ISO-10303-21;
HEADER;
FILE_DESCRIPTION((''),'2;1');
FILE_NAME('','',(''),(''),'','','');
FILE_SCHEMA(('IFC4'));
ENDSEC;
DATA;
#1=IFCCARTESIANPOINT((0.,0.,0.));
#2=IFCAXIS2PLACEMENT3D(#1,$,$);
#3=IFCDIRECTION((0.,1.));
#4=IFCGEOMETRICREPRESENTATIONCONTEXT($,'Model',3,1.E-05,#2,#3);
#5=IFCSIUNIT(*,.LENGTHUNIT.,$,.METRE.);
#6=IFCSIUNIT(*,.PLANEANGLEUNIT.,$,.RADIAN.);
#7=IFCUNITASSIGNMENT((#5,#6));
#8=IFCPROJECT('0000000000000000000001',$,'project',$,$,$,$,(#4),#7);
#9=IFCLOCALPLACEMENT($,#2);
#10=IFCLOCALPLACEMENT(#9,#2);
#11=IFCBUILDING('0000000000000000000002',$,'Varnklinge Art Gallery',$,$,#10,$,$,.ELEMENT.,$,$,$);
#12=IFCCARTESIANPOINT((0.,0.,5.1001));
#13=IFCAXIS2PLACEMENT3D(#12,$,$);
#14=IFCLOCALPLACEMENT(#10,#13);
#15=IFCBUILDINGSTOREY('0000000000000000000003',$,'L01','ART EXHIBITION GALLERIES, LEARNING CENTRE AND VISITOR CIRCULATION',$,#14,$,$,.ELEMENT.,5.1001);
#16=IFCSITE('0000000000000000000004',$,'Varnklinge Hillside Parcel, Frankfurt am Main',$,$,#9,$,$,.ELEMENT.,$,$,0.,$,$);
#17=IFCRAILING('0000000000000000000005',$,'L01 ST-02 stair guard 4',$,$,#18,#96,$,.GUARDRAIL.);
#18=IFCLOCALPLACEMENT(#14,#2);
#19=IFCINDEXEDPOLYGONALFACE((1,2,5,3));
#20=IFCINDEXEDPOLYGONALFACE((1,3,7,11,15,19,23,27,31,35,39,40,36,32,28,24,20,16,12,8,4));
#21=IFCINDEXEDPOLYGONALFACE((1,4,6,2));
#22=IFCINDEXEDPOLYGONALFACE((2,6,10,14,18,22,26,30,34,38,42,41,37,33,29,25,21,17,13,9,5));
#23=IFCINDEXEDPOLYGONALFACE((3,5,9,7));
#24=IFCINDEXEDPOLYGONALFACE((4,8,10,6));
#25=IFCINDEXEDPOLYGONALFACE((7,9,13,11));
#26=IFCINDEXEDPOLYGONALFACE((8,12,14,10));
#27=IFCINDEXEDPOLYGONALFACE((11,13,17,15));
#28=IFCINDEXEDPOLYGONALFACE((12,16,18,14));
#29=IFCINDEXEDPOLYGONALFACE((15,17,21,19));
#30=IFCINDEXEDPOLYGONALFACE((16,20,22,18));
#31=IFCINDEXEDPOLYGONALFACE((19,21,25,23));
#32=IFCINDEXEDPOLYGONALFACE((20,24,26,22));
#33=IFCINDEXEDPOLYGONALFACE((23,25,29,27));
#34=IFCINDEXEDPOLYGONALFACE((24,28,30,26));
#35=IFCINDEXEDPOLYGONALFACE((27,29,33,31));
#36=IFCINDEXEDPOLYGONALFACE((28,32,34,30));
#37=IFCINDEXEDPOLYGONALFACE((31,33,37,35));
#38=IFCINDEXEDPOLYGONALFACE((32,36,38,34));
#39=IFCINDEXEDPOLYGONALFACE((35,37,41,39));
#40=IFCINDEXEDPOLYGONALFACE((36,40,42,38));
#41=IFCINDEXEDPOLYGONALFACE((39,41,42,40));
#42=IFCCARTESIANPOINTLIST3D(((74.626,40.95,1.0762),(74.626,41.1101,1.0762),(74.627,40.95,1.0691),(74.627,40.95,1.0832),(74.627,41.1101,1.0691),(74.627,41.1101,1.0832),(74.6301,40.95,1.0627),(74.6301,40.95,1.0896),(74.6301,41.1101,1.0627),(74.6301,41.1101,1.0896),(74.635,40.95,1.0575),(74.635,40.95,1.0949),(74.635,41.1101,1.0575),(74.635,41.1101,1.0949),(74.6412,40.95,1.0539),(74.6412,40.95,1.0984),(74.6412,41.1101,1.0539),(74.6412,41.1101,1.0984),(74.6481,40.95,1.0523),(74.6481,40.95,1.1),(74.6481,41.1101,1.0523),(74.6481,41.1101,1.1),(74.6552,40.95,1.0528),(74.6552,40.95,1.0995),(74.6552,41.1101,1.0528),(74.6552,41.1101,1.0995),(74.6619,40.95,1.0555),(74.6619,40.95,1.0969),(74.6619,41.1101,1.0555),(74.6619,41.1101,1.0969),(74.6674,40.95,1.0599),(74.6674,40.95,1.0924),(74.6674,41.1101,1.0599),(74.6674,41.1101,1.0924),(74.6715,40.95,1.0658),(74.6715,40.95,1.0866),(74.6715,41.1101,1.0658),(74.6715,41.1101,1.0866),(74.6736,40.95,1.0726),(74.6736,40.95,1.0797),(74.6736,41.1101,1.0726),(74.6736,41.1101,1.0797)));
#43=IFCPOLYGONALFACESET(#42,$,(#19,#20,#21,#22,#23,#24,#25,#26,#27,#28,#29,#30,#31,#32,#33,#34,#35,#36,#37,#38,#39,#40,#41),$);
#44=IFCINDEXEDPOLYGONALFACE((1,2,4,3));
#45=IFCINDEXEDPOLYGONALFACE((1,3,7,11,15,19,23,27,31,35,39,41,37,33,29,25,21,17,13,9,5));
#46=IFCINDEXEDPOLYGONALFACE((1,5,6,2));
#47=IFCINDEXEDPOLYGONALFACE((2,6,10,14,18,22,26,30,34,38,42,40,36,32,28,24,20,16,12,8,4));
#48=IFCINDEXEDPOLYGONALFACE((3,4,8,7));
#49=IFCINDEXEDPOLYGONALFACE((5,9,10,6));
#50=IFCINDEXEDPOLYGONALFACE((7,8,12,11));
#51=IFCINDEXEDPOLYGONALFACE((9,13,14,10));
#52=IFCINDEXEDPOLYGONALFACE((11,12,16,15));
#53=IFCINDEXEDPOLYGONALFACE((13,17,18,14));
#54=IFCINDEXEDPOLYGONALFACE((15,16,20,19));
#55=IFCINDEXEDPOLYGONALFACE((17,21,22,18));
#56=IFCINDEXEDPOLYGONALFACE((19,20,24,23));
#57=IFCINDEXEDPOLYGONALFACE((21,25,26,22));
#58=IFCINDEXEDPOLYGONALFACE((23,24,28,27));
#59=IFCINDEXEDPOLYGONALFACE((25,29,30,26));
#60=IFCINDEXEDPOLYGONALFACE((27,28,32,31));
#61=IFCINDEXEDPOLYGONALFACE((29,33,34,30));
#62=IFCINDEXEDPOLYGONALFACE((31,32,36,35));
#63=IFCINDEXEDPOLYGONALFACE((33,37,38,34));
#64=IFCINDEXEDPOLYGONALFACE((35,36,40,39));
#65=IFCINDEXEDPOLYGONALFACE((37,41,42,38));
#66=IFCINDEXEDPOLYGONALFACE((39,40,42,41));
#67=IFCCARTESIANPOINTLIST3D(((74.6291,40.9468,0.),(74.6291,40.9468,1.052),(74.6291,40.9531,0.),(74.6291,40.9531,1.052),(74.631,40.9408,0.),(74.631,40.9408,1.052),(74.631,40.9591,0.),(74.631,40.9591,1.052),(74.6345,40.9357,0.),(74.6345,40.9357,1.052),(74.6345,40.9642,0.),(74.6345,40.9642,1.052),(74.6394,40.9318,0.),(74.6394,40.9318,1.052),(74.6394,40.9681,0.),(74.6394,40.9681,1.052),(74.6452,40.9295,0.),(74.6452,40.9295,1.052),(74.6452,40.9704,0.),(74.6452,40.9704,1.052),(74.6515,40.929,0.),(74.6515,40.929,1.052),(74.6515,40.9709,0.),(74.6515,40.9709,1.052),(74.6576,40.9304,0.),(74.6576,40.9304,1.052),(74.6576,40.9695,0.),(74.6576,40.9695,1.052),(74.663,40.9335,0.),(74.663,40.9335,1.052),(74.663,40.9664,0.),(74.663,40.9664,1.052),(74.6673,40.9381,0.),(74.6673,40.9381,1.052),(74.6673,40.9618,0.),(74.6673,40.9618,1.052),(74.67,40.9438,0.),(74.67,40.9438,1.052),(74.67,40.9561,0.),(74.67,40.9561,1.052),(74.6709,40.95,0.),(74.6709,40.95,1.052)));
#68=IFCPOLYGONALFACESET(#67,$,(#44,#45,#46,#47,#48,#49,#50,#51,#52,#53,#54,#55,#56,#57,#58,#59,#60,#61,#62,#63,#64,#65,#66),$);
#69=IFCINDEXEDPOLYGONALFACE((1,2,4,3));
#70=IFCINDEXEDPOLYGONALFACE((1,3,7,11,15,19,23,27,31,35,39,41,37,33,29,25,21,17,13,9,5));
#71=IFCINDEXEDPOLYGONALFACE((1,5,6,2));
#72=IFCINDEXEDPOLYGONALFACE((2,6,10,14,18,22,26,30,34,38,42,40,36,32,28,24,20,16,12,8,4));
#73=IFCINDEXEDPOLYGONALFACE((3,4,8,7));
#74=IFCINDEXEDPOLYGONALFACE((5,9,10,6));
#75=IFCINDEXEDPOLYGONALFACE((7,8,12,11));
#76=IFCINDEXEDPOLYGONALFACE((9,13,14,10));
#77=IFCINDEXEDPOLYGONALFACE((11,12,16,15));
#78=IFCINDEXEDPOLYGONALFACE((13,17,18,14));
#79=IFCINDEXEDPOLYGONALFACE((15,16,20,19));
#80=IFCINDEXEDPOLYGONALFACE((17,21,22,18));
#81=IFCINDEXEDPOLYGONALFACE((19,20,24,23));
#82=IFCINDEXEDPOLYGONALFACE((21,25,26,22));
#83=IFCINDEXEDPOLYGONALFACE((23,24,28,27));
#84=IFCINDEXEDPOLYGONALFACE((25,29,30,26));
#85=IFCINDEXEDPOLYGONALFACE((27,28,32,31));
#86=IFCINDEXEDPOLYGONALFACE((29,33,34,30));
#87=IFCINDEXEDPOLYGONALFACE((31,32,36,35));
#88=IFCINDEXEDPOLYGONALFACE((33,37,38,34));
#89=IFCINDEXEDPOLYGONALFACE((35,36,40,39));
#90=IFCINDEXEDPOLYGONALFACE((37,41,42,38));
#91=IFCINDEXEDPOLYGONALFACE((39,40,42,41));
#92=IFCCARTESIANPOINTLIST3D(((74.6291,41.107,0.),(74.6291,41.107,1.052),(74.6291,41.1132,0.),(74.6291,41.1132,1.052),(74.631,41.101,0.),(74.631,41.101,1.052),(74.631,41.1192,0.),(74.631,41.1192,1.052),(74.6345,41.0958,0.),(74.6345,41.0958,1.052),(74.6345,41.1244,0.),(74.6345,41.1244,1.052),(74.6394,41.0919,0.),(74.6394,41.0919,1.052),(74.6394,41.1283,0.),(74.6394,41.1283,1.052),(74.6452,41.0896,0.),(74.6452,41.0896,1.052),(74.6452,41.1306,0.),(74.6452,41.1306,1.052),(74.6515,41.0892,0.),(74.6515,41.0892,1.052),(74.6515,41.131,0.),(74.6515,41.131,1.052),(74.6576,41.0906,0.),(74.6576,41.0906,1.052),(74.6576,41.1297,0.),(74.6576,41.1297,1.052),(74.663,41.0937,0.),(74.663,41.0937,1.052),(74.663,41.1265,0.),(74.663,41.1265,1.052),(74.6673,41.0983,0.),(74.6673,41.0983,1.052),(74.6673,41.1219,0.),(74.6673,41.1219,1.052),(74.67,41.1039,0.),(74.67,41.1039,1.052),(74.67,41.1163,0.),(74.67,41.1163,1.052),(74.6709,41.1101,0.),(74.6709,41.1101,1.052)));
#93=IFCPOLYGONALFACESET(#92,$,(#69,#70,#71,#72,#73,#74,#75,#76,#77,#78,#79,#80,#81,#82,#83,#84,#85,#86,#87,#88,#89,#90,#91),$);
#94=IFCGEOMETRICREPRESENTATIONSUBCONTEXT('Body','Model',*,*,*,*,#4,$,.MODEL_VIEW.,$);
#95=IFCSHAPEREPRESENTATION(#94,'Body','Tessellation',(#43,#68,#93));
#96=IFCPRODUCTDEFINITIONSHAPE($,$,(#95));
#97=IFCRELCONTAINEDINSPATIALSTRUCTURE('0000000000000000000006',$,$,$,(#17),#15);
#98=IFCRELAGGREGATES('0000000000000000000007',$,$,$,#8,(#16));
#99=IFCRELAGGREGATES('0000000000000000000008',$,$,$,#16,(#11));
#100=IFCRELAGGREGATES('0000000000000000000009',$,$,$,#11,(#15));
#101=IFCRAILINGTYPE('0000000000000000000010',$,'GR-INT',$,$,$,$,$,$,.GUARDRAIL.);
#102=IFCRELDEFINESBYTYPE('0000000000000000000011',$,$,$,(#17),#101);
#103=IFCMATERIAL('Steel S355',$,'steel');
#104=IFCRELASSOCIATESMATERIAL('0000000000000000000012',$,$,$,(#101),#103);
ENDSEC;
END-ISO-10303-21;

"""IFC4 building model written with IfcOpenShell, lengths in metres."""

from ifc_helpers import new_model, si_unit, direction, frame, origin, origin_2d, place, context, subcontext, project, spatial, circle, extrude, material, type_object, element, save


model = new_model("IFC4")

# Units and contexts
model_context = context("Model", 3, precision=1e-05, world=origin(), true_north=direction((0.0, 1.0)))
body_context = subcontext(model_context, "Body", "Model", "MODEL_VIEW")
ifc_project = project(units=[si_unit("LENGTHUNIT", "METRE"), si_unit("PLANEANGLEUNIT", "RADIAN")], contexts=[model_context])

# Site, building, storey
site_placement = place(None, origin())
site = spatial("IfcSite", under=ifc_project, at=site_placement, Name="Varnklinge Hillside Parcel, Frankfurt am Main", CompositionType="ELEMENT", RefElevation=0.0)
building_placement = place(site_placement, origin())
building = spatial("IfcBuilding", under=site, at=building_placement, Name="Varnklinge Art Gallery", CompositionType="ELEMENT")
storey_placement = place(building_placement, frame((0.0, 0.0, 5.1001)))
storey = spatial("IfcBuildingStorey", under=building, at=storey_placement, Name="L01", Description="ART EXHIBITION GALLERIES, LEARNING CENTRE AND VISITOR CIRCULATION", CompositionType="ELEMENT", Elevation=5.1001)

# Railing
ifc_material_1 = material(Name="Steel S355", Category="steel")
railing_type_1 = type_object("IfcRailingType", Name="GR-INT", PredefinedType="GUARDRAIL", material=ifc_material_1)
railing_1_placement = place(storey_placement, frame((74.6499, 40.95, 0.0)))
element("IfcRailing", 1, at=railing_1_placement, inside=storey, type_object=railing_type_1, Name="L01 ST-02 stair guard 4", PredefinedType="GUARDRAIL", context=body_context, shape_type="SweptSolid", body=[
    extrude(circle(Radius=0.0239, at=origin_2d()), frame((0.0, 0.0, 1.0762), z_axis=(0.0, 1.0, 0.0), x_axis=(-1.0, 0.0, 0.0)), (0.0, 0.0, 1.0), 0.1602),
    extrude(circle(Radius=0.021, at=origin_2d()), origin(), (0.0, 0.0, 1.0), 1.052),
    extrude(circle(Radius=0.021, at=origin_2d()), frame((0.0, 0.1602, 0.0)), (0.0, 0.0, 1.0), 1.052),
])

save(model, "model.ifc")
